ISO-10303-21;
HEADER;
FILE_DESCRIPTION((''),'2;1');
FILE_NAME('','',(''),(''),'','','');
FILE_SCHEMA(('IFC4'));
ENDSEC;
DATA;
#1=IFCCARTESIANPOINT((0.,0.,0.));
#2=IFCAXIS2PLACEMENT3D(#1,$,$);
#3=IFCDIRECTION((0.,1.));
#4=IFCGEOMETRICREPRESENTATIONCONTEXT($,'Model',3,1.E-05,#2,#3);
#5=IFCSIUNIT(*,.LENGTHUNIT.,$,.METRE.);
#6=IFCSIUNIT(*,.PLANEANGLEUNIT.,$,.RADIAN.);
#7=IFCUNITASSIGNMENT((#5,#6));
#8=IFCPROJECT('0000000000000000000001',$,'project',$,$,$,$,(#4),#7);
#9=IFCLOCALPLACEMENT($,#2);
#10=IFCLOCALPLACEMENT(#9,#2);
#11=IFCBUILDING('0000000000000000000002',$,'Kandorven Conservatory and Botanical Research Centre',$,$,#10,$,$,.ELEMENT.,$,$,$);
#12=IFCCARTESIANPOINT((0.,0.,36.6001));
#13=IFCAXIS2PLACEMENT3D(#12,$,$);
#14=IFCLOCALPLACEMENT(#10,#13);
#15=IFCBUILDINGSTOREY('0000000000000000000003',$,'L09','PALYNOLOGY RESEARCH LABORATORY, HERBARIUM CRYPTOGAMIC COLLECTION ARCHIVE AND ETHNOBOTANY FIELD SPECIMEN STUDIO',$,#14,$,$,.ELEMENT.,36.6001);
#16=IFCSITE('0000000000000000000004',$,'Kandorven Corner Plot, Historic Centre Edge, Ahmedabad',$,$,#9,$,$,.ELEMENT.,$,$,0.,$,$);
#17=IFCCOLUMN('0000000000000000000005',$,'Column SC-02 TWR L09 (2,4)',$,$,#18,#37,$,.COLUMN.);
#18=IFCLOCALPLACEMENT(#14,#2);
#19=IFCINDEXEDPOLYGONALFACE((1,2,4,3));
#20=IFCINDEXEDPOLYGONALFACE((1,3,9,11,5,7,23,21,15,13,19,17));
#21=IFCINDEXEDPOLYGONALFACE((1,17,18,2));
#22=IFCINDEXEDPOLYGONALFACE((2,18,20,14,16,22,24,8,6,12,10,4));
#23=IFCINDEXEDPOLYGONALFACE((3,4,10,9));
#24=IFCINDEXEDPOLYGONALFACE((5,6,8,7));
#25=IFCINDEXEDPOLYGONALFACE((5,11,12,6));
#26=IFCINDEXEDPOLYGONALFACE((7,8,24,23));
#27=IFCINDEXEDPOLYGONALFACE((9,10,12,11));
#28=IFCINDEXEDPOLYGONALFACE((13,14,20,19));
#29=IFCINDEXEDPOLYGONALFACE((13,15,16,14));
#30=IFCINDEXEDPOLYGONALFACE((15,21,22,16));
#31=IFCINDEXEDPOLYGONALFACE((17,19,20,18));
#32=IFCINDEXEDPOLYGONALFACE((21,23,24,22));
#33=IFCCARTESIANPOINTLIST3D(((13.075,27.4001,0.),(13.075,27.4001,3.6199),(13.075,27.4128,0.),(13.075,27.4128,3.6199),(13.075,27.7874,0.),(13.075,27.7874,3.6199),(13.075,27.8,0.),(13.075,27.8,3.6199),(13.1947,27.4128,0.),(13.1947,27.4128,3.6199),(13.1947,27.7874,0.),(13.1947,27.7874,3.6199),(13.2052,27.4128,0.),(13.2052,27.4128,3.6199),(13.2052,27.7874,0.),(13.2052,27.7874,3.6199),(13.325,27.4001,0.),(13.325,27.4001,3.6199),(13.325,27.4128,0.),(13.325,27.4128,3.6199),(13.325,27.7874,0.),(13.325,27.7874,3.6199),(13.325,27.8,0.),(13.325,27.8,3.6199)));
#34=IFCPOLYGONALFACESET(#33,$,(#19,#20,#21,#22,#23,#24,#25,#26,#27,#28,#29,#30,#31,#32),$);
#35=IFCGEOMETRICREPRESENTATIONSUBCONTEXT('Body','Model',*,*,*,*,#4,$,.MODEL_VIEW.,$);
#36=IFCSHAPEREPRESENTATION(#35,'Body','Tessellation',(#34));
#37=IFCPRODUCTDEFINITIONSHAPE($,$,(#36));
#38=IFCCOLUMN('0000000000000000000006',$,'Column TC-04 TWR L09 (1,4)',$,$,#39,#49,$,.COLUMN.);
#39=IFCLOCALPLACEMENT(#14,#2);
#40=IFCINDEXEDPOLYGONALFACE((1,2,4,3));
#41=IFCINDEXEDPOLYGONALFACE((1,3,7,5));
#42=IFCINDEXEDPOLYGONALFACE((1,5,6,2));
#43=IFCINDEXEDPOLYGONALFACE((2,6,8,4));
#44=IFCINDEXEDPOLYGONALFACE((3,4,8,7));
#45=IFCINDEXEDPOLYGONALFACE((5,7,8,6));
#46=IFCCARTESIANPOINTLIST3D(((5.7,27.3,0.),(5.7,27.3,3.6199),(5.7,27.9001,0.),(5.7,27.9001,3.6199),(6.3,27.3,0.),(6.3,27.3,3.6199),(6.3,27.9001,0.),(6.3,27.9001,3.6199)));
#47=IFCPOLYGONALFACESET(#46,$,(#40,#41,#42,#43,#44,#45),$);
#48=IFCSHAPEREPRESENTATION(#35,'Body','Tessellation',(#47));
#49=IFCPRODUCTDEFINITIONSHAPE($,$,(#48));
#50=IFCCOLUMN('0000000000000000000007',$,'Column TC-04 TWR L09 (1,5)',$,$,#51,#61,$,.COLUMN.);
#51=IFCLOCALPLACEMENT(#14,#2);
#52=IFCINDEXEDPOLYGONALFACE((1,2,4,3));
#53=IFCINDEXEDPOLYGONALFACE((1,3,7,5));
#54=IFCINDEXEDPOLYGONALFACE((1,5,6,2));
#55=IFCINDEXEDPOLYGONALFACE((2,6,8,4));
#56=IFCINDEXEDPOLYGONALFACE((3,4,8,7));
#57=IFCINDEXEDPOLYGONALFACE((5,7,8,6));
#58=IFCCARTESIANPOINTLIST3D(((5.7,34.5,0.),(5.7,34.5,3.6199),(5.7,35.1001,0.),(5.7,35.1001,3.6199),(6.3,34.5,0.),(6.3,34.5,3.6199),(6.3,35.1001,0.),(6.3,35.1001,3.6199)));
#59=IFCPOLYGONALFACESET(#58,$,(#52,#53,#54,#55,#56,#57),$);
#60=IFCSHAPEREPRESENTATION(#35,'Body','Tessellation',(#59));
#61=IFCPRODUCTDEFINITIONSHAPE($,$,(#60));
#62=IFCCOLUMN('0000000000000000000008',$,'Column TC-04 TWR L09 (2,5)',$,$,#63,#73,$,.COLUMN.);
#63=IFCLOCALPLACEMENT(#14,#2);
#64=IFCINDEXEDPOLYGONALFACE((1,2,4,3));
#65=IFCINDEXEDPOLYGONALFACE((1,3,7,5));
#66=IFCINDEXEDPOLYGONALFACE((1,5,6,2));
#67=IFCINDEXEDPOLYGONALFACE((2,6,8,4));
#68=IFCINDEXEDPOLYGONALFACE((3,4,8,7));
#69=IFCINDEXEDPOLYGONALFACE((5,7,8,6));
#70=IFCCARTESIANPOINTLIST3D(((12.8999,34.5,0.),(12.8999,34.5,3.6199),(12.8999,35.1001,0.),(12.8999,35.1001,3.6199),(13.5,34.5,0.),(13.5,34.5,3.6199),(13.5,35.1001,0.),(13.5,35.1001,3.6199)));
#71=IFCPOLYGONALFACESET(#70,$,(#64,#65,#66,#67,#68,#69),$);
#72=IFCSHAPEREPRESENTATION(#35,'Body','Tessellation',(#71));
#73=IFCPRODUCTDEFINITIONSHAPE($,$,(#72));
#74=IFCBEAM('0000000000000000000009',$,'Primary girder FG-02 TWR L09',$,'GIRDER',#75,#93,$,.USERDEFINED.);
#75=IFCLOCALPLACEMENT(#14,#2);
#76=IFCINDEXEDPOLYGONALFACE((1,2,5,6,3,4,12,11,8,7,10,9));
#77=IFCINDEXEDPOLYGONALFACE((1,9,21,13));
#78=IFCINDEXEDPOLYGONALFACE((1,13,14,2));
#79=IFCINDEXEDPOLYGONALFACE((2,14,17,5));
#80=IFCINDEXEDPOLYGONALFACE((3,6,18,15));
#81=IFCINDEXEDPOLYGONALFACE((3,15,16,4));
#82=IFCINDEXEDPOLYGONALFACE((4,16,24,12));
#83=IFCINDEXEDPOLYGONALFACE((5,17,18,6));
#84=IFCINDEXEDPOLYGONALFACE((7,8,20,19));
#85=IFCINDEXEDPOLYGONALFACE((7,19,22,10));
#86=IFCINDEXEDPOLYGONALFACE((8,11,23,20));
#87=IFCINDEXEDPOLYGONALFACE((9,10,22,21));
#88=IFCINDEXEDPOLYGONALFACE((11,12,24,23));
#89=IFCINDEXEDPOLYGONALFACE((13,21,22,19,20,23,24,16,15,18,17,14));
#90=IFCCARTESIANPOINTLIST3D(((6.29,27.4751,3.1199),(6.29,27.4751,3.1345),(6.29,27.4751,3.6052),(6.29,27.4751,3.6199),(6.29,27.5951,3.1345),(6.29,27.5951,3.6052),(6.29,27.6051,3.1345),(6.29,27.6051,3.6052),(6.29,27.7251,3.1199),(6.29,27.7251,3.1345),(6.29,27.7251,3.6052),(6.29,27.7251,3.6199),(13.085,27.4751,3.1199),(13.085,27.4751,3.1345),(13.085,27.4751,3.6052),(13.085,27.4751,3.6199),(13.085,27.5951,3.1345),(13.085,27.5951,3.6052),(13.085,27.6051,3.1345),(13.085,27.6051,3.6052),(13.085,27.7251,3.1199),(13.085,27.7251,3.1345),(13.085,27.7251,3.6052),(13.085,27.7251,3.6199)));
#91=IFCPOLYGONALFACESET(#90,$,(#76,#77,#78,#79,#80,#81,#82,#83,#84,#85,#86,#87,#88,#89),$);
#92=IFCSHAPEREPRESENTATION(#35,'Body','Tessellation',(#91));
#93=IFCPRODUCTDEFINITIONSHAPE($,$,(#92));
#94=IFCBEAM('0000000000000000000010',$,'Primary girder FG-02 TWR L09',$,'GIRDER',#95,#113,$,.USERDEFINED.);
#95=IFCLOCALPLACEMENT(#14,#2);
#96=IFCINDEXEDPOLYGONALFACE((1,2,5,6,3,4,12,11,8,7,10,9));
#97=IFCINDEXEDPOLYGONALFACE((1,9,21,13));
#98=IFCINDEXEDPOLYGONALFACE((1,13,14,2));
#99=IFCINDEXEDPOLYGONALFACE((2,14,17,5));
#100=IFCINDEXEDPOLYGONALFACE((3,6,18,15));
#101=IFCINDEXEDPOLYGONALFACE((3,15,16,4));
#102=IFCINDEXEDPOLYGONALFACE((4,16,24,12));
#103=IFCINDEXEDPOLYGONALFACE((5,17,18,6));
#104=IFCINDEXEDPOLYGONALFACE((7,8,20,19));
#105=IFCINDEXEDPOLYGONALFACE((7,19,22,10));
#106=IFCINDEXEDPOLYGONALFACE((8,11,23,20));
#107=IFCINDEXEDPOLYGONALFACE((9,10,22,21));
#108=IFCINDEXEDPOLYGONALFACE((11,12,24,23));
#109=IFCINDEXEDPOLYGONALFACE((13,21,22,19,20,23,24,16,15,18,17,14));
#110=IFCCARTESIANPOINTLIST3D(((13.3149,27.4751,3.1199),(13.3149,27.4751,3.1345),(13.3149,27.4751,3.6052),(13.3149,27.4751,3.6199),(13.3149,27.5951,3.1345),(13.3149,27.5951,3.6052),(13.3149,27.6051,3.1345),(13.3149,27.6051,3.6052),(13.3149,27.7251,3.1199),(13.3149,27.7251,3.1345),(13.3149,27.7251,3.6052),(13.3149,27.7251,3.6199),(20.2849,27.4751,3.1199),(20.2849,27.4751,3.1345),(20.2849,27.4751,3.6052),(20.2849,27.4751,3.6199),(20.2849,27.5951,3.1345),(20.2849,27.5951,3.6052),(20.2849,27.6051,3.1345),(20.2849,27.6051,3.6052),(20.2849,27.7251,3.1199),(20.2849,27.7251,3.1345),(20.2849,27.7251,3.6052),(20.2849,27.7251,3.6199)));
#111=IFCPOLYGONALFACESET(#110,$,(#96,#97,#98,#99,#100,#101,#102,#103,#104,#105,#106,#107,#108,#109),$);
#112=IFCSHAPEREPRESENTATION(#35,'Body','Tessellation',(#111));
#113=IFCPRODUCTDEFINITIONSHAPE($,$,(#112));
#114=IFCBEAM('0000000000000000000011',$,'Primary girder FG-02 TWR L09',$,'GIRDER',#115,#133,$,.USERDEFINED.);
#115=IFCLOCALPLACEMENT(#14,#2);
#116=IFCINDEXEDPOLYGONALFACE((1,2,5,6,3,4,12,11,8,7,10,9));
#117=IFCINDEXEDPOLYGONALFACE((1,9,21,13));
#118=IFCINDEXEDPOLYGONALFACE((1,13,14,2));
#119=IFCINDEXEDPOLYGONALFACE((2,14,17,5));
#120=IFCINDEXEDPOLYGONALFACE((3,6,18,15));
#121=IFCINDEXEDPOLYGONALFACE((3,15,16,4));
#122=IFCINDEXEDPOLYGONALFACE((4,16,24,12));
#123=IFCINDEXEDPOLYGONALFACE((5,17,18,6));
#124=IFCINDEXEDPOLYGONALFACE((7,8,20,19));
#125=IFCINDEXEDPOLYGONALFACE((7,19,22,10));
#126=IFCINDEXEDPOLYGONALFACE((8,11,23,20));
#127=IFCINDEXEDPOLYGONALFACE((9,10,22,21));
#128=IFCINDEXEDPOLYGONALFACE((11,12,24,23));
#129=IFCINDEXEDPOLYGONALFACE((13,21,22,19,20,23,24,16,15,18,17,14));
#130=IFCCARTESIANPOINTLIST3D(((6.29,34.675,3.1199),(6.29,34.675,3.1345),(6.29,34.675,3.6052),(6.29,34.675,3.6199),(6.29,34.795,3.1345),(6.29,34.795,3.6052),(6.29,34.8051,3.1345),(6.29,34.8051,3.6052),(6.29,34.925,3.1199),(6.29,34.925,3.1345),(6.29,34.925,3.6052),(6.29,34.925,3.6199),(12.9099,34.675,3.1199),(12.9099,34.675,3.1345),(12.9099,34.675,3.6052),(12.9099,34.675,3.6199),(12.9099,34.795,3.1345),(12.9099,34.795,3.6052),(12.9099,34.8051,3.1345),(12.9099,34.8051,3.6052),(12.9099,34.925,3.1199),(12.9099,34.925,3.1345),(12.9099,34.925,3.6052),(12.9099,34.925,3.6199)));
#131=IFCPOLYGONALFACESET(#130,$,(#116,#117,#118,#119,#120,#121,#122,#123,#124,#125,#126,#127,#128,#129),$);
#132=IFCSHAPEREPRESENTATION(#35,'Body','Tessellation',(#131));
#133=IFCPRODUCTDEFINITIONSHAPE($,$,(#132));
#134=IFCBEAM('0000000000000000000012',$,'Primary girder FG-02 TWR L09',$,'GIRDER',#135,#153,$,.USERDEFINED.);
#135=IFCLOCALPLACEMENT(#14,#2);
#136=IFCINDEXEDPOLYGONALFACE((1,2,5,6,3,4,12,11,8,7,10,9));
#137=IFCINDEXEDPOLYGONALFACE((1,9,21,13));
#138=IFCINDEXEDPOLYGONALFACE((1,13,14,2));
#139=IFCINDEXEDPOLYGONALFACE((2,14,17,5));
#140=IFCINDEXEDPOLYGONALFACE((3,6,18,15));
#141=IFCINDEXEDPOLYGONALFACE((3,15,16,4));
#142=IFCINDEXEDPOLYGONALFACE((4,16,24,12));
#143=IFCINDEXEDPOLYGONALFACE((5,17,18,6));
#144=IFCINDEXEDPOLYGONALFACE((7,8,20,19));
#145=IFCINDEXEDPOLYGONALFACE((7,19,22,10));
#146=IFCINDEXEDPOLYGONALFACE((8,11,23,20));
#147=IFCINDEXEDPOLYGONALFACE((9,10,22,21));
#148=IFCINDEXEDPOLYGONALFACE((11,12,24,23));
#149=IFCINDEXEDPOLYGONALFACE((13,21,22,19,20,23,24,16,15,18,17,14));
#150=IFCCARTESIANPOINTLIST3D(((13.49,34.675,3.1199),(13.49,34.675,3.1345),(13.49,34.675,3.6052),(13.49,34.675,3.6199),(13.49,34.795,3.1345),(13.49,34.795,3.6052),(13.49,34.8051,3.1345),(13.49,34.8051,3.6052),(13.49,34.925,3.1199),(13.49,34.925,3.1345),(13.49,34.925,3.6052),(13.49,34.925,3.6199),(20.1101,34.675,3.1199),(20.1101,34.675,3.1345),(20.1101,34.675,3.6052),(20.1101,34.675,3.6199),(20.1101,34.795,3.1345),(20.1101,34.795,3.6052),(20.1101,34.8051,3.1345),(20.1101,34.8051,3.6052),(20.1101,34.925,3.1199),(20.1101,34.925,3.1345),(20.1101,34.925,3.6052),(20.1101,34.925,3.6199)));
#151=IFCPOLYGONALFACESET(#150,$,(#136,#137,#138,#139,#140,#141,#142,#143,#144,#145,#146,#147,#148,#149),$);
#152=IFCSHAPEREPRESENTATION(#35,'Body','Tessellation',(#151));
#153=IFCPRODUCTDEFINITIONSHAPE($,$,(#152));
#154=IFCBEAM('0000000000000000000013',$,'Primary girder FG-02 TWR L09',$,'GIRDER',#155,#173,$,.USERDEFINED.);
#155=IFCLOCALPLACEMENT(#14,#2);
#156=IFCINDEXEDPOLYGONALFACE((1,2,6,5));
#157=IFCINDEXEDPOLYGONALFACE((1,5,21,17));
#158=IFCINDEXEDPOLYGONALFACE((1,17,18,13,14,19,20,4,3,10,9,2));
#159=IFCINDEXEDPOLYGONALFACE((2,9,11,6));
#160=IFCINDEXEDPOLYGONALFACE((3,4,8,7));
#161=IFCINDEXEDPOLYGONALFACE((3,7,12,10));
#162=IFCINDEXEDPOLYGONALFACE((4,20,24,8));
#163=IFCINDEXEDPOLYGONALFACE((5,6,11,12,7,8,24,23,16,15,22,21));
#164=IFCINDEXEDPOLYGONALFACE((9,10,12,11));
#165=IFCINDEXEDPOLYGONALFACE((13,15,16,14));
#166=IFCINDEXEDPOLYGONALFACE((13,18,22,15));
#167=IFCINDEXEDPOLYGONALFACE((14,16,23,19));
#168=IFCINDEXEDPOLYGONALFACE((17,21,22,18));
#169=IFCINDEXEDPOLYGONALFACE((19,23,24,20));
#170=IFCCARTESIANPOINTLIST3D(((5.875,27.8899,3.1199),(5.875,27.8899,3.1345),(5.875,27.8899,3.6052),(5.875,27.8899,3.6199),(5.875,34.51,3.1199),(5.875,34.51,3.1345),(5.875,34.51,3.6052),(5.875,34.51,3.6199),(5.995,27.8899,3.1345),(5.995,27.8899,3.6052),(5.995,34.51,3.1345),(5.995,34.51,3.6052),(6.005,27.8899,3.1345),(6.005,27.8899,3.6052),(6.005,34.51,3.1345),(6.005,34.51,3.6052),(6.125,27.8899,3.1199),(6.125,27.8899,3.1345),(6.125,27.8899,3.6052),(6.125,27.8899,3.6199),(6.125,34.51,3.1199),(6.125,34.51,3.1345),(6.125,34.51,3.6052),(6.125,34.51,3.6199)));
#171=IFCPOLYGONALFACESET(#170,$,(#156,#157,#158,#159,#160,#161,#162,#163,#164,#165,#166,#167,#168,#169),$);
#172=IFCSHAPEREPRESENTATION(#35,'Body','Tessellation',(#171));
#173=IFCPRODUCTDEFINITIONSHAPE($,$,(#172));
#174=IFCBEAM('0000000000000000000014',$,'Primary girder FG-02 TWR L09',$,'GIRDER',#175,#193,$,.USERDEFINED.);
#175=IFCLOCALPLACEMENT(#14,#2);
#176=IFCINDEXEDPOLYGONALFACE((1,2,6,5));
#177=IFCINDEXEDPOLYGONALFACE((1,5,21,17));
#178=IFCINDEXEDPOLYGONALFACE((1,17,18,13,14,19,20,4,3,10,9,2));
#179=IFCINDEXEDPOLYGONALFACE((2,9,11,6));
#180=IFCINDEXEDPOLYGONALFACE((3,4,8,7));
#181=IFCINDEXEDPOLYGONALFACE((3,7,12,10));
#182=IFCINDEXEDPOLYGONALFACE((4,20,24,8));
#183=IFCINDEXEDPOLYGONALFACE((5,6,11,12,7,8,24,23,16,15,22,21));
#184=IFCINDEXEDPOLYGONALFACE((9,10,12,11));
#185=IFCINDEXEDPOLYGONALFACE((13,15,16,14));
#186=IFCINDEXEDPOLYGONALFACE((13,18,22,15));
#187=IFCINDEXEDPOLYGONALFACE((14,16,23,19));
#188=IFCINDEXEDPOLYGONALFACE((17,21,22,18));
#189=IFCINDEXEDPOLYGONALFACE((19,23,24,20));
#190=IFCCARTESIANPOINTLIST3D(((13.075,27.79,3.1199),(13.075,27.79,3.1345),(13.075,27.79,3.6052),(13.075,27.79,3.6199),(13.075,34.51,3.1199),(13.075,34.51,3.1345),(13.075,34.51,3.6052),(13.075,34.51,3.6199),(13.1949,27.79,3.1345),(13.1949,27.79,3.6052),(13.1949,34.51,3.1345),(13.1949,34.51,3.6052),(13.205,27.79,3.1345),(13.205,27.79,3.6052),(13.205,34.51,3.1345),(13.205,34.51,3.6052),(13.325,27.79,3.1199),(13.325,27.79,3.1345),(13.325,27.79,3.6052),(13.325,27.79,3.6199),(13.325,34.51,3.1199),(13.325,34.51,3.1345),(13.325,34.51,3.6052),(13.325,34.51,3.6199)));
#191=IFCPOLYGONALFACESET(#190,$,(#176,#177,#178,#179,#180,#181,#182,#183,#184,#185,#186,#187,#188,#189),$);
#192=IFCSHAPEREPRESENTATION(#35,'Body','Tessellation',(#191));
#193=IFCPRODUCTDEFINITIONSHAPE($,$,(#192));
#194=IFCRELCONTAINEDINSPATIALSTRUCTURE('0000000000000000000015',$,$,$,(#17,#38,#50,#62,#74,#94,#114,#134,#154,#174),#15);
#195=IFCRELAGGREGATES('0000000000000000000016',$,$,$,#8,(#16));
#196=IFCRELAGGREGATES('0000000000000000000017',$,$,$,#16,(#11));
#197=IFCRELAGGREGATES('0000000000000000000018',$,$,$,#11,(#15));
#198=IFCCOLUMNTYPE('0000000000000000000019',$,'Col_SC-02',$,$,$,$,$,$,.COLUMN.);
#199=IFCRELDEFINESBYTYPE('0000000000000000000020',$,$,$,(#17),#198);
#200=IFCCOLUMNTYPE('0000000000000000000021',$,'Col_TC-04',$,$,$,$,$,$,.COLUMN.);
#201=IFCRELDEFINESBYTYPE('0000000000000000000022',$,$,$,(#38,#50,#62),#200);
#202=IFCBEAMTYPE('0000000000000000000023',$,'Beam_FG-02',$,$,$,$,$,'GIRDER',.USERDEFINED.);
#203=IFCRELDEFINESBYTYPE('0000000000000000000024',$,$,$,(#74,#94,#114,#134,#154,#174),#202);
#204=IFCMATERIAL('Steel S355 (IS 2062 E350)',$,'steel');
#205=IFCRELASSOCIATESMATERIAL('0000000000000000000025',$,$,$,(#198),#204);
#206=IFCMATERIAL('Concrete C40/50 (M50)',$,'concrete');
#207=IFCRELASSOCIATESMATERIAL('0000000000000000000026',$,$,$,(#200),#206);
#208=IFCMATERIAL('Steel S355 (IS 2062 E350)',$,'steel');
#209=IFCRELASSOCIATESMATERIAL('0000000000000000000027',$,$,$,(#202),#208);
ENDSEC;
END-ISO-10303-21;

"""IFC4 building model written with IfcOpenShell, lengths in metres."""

from ifc_helpers import new_model, si_unit, direction, frame, origin, origin_2d, place, context, subcontext, project, spatial, rectangle, i_section, extrude, material, material_profile, profile_set, type_object, element, save


model = new_model("IFC4")

# Units and contexts
model_context = context("Model", 3, precision=1e-05, world=origin(), true_north=direction((0.0, 1.0)))
body_context = subcontext(model_context, "Body", "Model", "MODEL_VIEW")
ifc_project = project(units=[si_unit("LENGTHUNIT", "METRE"), si_unit("PLANEANGLEUNIT", "RADIAN")], contexts=[model_context])

# Site, building, storey
site_placement = place(None, origin())
site = spatial("IfcSite", under=ifc_project, at=site_placement, Name="Kandorven Corner Plot, Historic Centre Edge, Ahmedabad", CompositionType="ELEMENT", RefElevation=0.0)
building_placement = place(site_placement, origin())
building = spatial("IfcBuilding", under=site, at=building_placement, Name="Kandorven Conservatory and Botanical Research Centre", CompositionType="ELEMENT")
storey_placement = place(building_placement, frame((0.0, 0.0, 36.6001)))
storey = spatial("IfcBuildingStorey", under=building, at=storey_placement, Name="L09", Description="PALYNOLOGY RESEARCH LABORATORY, HERBARIUM CRYPTOGAMIC COLLECTION ARCHIVE AND ETHNOBOTANY FIELD SPECIMEN STUDIO", CompositionType="ELEMENT", Elevation=36.6001)

# Columns
ifc_material_1 = material(Name="Steel S355 (IS 2062 E350)", Category="steel")
ifc_material_profile_1 = material_profile(ifc_material_1, i_section(OverallWidth=0.25, OverallDepth=0.3999, WebThickness=0.0105, FlangeThickness=0.0127, at=origin_2d()))
ifc_profile_set_1 = profile_set([ifc_material_profile_1], Name="Steel S355 (IS 2062 E350)")
column_type_1 = type_object("IfcColumnType", Name="Col_SC-02", PredefinedType="COLUMN", material=ifc_profile_set_1)
column_placement = place(storey_placement, frame((13.2, 27.6001, 0.0), z_axis=(0.0, 0.0, 1.0), x_axis=(1.0, 0.0, 0.0)))
element("IfcColumn", 1, at=column_placement, inside=storey, type_object=column_type_1, Name="Column SC-02 TWR L09 (2,4)", PredefinedType="COLUMN", context=body_context, shape_type="SweptSolid", body=[
    extrude(i_section(OverallWidth=0.25, OverallDepth=0.3999, WebThickness=0.0105, FlangeThickness=0.0127, at=origin_2d()), origin(), (0.0, 0.0, 1.0), 3.6199),
])
ifc_material_2 = material(Name="Concrete C40/50 (M50)", Category="concrete")
ifc_material_profile_2 = material_profile(ifc_material_2, rectangle(XDim=0.6001, YDim=0.6001, at=origin_2d()))
ifc_profile_set_2 = profile_set([ifc_material_profile_2], Name="Concrete C40/50 (M50)")
column_type_2 = type_object("IfcColumnType", Name="Col_TC-04", PredefinedType="COLUMN", material=ifc_profile_set_2)
for number, where, z_axis, x_axis, name in (
    (2, (6.0, 27.6001, 0.0), (0.0, 0.0, 1.0), (1.0, 0.0, 0.0), "Column TC-04 TWR L09 (1,4)"),
    (3, (6.0, 34.8, 0.0), (0.0, 0.0, 1.0), (1.0, 0.0, 0.0), "Column TC-04 TWR L09 (1,5)"),
    (4, (13.2, 34.8, 0.0), (0.0, 0.0, 1.0), (1.0, 0.0, 0.0), "Column TC-04 TWR L09 (2,5)"),
):
    element("IfcColumn", number, at=place(storey_placement, frame(where, z_axis=z_axis, x_axis=x_axis)), inside=storey, type_object=column_type_2, Name=name, PredefinedType="COLUMN", context=body_context, shape_type="SweptSolid", body=[
        extrude(rectangle(XDim=0.6001, YDim=0.6001, at=origin_2d()), origin(), (0.0, 0.0, 1.0), 3.6199),
    ])

# Beams
ifc_material_3 = material(Name="Steel S355 (IS 2062 E350)", Category="steel")
ifc_material_profile_3 = material_profile(ifc_material_3, i_section(OverallWidth=0.25, OverallDepth=0.5, WebThickness=0.01, FlangeThickness=0.0146, at=origin_2d()))
ifc_profile_set_3 = profile_set([ifc_material_profile_3], Name="Steel S355 (IS 2062 E350)")
beam_type_1 = type_object("IfcBeamType", Name="Beam_FG-02", ElementType="GIRDER", PredefinedType="USERDEFINED", material=ifc_profile_set_3)
beam_1_placement = place(storey_placement, frame((6.29, 27.6001, 3.3699), z_axis=(1.0, 0.0, 0.0), x_axis=(0.0, 1.0, 0.0)))
element("IfcBeam", 5, at=beam_1_placement, inside=storey, type_object=beam_type_1, Name="Primary girder FG-02 TWR L09", ObjectType="GIRDER", PredefinedType="USERDEFINED", context=body_context, shape_type="SweptSolid", body=[
    extrude(i_section(OverallWidth=0.25, OverallDepth=0.5, WebThickness=0.01, FlangeThickness=0.0146, at=origin_2d()), origin(), (0.0, 0.0, 1.0), 6.7949),
])
beam_2_placement = place(storey_placement, frame((13.3149, 27.6001, 3.3699), z_axis=(1.0, 0.0, 0.0), x_axis=(0.0, 1.0, 0.0)))
element("IfcBeam", 6, at=beam_2_placement, inside=storey, type_object=beam_type_1, Name="Primary girder FG-02 TWR L09", ObjectType="GIRDER", PredefinedType="USERDEFINED", context=body_context, shape_type="SweptSolid", body=[
    extrude(i_section(OverallWidth=0.25, OverallDepth=0.5, WebThickness=0.01, FlangeThickness=0.0146, at=origin_2d()), origin(), (0.0, 0.0, 1.0), 6.97),
])
beam_3_placement = place(storey_placement, frame((6.29, 34.8, 3.3699), z_axis=(1.0, 0.0, 0.0), x_axis=(0.0, 1.0, 0.0)))
element("IfcBeam", 7, at=beam_3_placement, inside=storey, type_object=beam_type_1, Name="Primary girder FG-02 TWR L09", ObjectType="GIRDER", PredefinedType="USERDEFINED", context=body_context, shape_type="SweptSolid", body=[
    extrude(i_section(OverallWidth=0.25, OverallDepth=0.5, WebThickness=0.01, FlangeThickness=0.0146, at=origin_2d()), origin(), (0.0, 0.0, 1.0), 6.6199),
])
for number, where, z_axis, x_axis, name in (
    (8, (13.49, 34.8, 3.3699), (1.0, 0.0, 0.0), (0.0, 1.0, 0.0), "Primary girder FG-02 TWR L09"),
    (9, (6.0, 27.8899, 3.3699), (0.0, 1.0, 0.0), (-1.0, 0.0, 0.0), "Primary girder FG-02 TWR L09"),
):
    element("IfcBeam", number, at=place(storey_placement, frame(where, z_axis=z_axis, x_axis=x_axis)), inside=storey, type_object=beam_type_1, Name=name, ObjectType="GIRDER", PredefinedType="USERDEFINED", context=body_context, shape_type="SweptSolid", body=[
        extrude(i_section(OverallWidth=0.25, OverallDepth=0.5, WebThickness=0.01, FlangeThickness=0.0146, at=origin_2d()), origin(), (0.0, 0.0, 1.0), 6.6201),
    ])
beam_4_placement = place(storey_placement, frame((13.2, 27.79, 3.3699), z_axis=(0.0, 1.0, 0.0), x_axis=(-1.0, 0.0, 0.0)))
element("IfcBeam", 10, at=beam_4_placement, inside=storey, type_object=beam_type_1, Name="Primary girder FG-02 TWR L09", ObjectType="GIRDER", PredefinedType="USERDEFINED", context=body_context, shape_type="SweptSolid", body=[
    extrude(i_section(OverallWidth=0.25, OverallDepth=0.5, WebThickness=0.01, FlangeThickness=0.0146, at=origin_2d()), origin(), (0.0, 0.0, 1.0), 6.72),
])

save(model, "model.ifc")
